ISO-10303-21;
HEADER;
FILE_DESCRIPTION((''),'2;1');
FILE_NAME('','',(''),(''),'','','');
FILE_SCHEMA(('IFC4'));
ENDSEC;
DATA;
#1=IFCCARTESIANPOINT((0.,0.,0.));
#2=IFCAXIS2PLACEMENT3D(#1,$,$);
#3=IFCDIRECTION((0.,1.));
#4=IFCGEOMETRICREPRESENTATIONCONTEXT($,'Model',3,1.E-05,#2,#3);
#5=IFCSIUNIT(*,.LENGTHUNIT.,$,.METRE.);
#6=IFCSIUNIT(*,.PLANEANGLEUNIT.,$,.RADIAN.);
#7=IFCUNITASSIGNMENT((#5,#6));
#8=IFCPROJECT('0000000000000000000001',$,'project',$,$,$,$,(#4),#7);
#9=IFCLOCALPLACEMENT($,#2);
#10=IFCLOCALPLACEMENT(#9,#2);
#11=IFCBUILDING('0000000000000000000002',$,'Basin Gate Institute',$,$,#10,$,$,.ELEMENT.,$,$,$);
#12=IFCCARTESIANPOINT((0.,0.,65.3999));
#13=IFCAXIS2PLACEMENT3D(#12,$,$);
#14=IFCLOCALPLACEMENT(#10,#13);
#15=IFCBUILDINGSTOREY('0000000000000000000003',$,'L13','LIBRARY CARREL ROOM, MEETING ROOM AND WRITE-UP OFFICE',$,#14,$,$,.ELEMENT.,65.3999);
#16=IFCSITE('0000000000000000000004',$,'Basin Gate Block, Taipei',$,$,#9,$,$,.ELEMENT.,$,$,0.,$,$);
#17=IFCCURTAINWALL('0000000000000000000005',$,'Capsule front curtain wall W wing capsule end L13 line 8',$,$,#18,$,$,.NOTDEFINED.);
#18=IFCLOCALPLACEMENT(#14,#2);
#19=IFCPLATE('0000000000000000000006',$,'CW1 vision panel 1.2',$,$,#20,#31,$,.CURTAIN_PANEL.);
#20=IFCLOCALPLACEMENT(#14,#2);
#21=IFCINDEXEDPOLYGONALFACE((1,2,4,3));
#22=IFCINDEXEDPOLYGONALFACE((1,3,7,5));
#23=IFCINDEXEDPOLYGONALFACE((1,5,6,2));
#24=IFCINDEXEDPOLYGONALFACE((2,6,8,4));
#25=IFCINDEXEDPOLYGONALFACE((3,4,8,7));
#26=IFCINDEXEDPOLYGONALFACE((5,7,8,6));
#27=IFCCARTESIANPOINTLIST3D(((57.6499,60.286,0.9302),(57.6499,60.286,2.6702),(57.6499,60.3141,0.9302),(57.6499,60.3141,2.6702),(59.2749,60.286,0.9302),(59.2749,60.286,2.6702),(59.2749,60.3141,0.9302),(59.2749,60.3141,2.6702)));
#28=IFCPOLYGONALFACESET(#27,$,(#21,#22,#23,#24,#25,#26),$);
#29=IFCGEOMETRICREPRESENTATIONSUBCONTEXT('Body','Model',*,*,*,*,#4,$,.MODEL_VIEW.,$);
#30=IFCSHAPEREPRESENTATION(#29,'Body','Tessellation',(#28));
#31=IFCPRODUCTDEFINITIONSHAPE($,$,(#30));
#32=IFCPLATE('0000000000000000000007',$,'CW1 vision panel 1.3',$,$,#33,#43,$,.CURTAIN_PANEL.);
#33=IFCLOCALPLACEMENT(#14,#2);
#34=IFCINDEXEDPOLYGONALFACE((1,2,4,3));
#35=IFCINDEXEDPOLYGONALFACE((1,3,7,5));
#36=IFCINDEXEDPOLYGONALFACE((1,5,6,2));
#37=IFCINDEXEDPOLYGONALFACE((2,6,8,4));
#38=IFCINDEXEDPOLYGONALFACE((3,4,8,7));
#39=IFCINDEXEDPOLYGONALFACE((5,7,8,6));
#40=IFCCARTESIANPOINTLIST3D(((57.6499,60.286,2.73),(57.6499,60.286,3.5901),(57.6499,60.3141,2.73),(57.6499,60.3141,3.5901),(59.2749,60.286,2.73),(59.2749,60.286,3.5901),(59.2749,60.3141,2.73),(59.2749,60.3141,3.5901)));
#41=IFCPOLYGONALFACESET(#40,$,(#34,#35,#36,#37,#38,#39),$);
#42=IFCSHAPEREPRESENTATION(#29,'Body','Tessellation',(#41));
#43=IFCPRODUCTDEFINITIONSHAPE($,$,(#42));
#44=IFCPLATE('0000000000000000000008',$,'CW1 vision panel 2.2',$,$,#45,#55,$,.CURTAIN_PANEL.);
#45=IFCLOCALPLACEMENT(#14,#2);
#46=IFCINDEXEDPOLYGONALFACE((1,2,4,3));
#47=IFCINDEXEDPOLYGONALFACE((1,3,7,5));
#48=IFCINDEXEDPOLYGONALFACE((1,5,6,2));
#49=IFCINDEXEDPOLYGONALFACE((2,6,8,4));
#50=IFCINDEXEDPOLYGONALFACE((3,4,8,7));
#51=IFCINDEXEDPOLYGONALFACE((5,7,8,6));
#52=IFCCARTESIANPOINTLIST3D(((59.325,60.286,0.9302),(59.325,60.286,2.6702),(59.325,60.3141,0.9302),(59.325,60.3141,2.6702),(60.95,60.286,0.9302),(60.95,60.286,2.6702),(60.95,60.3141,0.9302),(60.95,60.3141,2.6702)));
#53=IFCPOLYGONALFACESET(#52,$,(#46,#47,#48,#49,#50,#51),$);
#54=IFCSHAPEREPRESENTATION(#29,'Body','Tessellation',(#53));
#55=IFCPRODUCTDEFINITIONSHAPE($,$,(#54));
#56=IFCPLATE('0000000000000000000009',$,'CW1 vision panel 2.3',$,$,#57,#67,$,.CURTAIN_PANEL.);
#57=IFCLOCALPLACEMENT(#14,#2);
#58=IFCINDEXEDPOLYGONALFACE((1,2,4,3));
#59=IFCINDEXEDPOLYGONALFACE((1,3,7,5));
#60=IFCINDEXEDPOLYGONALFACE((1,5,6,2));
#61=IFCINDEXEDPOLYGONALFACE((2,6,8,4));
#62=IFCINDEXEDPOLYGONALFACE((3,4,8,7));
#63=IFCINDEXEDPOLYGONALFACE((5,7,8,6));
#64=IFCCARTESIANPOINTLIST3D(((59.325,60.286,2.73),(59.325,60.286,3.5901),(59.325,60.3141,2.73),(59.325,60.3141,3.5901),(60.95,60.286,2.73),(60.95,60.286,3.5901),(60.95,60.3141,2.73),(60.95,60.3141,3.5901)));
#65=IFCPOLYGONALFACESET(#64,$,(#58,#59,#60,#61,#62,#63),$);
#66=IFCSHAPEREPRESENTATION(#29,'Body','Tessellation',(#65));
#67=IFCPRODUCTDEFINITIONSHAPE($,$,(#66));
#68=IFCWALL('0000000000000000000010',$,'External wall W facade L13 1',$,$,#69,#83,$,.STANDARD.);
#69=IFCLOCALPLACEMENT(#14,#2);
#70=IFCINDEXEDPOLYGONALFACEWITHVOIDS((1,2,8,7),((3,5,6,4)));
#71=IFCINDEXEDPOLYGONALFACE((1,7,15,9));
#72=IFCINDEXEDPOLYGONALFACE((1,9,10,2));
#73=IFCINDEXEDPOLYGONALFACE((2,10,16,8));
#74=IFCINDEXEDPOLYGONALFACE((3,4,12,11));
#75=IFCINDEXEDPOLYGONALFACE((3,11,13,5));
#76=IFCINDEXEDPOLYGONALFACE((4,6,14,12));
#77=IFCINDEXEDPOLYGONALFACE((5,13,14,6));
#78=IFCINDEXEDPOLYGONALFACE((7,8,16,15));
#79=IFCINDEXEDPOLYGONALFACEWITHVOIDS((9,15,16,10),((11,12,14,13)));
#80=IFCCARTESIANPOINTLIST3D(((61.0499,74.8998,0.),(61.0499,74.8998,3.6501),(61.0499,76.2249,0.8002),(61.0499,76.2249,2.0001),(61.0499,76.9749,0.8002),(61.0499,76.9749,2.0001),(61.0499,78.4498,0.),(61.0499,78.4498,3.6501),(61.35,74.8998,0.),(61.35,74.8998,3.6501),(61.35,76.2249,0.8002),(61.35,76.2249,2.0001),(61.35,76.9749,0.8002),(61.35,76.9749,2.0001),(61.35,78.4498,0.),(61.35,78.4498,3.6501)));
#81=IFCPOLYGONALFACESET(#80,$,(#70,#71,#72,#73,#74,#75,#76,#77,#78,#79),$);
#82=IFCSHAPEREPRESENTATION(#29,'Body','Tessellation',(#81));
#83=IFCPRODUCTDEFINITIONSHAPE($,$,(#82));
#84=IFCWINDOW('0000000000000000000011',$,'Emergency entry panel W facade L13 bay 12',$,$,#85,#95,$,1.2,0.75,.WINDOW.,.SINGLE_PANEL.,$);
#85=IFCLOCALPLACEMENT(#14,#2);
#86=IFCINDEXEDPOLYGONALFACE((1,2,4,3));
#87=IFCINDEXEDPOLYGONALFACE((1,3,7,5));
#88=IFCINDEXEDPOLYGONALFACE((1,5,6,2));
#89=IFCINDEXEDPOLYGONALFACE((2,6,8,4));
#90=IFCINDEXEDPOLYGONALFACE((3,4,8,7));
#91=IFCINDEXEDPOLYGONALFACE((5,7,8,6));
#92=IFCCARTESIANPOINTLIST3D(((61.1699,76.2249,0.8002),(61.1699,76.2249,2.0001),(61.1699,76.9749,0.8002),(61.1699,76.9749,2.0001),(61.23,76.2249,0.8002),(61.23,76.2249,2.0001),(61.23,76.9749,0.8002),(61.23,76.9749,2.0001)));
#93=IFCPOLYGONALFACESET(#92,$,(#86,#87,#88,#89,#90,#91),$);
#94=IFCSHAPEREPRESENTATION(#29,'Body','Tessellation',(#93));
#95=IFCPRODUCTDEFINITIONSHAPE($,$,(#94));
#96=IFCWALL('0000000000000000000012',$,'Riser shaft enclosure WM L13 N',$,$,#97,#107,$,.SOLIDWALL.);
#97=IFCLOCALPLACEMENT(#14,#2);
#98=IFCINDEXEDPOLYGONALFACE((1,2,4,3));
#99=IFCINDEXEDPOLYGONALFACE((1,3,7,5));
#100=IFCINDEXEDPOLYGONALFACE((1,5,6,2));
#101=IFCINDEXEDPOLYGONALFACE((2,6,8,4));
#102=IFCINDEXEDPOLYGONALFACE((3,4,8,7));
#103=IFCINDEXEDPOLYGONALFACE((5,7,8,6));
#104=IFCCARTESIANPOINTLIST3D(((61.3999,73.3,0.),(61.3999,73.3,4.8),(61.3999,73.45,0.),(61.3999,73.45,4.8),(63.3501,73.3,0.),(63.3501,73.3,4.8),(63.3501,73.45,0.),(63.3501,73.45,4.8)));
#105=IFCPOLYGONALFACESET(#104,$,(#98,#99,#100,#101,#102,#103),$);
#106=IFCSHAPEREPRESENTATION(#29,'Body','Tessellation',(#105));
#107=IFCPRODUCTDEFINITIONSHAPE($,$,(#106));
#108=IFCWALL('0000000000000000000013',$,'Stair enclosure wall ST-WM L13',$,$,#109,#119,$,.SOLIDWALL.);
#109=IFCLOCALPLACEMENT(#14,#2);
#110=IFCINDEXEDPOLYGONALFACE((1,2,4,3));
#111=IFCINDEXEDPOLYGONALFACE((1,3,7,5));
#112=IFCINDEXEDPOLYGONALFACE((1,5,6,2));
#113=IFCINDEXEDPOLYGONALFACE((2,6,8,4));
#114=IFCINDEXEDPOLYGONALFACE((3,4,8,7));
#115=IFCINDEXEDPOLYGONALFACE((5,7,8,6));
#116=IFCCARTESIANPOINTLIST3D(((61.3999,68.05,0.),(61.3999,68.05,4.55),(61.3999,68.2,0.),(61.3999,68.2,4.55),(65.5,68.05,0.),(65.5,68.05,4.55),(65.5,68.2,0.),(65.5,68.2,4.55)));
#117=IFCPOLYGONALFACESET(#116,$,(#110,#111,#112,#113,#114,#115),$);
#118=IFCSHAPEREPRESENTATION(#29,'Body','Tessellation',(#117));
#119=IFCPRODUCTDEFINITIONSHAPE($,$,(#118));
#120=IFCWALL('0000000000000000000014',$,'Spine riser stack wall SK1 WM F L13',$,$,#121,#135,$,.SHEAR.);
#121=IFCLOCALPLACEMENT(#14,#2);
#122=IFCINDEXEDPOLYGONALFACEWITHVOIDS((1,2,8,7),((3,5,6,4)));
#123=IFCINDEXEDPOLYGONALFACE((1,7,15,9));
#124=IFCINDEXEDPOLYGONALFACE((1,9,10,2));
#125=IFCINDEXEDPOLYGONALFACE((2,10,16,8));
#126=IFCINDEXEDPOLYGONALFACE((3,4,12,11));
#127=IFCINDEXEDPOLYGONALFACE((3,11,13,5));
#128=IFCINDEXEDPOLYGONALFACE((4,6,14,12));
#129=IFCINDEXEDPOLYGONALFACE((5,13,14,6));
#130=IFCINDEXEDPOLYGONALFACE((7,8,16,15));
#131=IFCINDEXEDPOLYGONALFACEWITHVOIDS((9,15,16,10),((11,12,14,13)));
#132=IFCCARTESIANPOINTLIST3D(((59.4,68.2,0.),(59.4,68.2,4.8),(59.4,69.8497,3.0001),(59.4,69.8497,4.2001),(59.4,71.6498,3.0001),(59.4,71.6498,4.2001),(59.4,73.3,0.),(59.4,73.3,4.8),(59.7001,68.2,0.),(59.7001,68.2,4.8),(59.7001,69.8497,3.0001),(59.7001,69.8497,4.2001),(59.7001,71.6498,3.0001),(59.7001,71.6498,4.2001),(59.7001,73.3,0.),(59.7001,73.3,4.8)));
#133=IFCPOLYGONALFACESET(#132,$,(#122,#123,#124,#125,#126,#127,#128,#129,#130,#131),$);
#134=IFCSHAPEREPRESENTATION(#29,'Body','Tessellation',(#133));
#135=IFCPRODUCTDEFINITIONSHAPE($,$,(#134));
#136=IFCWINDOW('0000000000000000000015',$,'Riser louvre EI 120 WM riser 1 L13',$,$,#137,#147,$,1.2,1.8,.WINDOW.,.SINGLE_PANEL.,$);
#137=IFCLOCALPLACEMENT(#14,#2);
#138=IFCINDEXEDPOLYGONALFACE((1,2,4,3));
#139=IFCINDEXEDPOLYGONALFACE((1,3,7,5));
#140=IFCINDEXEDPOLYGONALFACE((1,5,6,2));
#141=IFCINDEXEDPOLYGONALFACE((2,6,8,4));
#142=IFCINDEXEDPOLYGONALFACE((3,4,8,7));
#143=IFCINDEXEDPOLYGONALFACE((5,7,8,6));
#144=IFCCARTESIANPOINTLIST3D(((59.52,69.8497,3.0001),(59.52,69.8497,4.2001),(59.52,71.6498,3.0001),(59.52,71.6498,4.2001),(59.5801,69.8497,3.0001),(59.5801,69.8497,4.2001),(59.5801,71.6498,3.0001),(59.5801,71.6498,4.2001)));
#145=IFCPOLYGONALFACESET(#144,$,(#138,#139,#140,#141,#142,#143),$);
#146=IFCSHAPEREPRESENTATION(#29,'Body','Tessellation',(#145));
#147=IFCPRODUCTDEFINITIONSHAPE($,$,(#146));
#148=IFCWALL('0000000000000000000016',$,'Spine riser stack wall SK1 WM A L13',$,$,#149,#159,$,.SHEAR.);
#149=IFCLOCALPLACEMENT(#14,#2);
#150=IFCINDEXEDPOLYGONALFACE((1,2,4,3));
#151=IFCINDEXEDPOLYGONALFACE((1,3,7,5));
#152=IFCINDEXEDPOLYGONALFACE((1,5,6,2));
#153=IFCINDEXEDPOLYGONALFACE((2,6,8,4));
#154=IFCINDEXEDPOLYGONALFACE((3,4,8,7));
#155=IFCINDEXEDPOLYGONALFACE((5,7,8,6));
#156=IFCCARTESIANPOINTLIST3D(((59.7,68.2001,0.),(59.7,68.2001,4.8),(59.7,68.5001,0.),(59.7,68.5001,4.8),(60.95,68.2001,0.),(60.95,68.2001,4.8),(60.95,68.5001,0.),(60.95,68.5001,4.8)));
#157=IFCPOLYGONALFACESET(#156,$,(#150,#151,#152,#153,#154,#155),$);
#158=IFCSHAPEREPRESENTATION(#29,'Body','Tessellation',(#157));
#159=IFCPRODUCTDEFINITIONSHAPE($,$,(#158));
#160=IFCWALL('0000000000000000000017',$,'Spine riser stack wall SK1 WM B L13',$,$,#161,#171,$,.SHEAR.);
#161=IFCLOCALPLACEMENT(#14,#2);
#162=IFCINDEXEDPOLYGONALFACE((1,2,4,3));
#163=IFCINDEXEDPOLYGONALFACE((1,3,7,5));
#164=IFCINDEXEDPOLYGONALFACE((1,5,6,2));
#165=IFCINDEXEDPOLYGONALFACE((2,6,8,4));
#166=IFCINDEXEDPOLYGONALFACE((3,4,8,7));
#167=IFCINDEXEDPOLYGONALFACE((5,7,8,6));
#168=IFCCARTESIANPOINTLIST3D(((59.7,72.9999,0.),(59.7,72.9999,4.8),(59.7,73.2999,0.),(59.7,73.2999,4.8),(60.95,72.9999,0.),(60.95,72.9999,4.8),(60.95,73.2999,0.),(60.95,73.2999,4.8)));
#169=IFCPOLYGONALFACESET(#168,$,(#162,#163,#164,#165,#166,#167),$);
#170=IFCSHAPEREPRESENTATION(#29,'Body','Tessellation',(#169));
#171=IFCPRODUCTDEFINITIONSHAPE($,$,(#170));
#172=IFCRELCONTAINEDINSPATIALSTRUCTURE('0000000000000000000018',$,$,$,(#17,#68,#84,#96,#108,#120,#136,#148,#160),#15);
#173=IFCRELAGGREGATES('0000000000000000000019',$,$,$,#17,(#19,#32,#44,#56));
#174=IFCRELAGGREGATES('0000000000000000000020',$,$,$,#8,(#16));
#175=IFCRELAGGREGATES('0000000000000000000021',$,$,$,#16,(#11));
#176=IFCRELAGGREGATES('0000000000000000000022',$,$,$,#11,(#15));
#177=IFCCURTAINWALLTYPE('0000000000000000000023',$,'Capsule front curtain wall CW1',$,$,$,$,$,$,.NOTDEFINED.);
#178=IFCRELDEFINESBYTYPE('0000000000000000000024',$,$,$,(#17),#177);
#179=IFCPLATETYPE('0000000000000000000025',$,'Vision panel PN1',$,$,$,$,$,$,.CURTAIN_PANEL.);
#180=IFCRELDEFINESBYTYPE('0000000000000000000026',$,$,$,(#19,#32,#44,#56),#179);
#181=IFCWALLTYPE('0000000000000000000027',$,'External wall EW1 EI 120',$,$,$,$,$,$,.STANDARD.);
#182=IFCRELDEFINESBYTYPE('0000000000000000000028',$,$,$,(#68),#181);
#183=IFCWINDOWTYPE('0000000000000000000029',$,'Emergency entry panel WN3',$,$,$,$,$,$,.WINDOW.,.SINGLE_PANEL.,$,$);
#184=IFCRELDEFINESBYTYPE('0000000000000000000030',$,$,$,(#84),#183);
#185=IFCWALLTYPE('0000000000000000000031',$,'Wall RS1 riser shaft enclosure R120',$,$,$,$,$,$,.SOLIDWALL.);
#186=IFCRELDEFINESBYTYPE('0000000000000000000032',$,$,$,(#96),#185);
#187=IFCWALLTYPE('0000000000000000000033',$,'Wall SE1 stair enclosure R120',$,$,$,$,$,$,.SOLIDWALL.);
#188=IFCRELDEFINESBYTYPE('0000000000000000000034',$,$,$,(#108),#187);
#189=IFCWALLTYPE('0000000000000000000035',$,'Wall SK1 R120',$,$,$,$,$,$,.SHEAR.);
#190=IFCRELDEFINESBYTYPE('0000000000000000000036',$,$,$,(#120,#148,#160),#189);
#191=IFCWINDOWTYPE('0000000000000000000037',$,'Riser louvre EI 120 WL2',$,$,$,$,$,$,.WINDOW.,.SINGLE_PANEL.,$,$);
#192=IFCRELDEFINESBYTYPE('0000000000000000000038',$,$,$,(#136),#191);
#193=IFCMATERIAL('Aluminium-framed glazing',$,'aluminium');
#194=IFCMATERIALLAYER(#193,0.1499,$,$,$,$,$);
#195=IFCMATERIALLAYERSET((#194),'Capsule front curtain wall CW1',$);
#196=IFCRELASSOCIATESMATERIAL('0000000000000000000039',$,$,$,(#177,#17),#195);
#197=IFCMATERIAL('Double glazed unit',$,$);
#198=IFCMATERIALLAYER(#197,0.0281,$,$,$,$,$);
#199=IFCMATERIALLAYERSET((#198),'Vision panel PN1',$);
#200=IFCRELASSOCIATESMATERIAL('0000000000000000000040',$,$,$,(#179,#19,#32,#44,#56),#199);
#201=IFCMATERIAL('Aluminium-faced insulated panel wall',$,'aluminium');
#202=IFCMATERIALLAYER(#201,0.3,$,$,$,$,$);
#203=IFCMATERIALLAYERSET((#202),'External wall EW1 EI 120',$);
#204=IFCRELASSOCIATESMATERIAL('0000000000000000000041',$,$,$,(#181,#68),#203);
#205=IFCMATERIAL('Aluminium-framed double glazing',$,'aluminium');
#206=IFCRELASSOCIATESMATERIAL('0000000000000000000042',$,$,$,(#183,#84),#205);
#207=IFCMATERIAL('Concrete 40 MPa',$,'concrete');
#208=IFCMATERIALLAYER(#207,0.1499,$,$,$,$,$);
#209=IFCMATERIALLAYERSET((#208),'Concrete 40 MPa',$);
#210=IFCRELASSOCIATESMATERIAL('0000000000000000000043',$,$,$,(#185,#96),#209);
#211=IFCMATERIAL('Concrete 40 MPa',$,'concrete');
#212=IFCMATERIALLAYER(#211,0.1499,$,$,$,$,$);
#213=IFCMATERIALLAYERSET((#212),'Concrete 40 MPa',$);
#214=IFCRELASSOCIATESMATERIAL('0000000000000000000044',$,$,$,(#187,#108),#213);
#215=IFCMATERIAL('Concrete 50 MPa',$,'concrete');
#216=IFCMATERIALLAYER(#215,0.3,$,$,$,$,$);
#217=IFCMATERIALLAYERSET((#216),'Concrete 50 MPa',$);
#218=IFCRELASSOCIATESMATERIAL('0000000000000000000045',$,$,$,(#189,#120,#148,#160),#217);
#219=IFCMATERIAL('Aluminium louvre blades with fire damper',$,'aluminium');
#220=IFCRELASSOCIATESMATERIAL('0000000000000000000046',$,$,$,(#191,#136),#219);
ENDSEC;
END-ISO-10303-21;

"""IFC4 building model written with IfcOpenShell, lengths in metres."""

from ifc_helpers import new_model, si_unit, direction, frame, frame_2d, origin, origin_2d, place, context, subcontext, project, spatial, rectangle, extrude, material, layer, layer_set, type_object, element, fill, aggregate, save


model = new_model("IFC4")

# Units and contexts
model_context = context("Model", 3, precision=1e-05, world=origin(), true_north=direction((0.0, 1.0)))
body_context = subcontext(model_context, "Body", "Model", "MODEL_VIEW")
ifc_project = project(units=[si_unit("LENGTHUNIT", "METRE"), si_unit("PLANEANGLEUNIT", "RADIAN")], contexts=[model_context])

# Site, building, storey
site_placement = place(None, origin())
site = spatial("IfcSite", under=ifc_project, at=site_placement, Name="Basin Gate Block, Taipei", CompositionType="ELEMENT", RefElevation=0.0)
building_placement = place(site_placement, origin())
building = spatial("IfcBuilding", under=site, at=building_placement, Name="Basin Gate Institute", CompositionType="ELEMENT")
storey_placement = place(building_placement, frame((0.0, 0.0, 65.3999)))
storey = spatial("IfcBuildingStorey", under=building, at=storey_placement, Name="L13", Description="LIBRARY CARREL ROOM, MEETING ROOM AND WRITE-UP OFFICE", CompositionType="ELEMENT", Elevation=65.3999)

# Shared definitions
ifc_material_1 = material(Name="Aluminium-framed glazing", Category="aluminium")
ifc_layer_1 = layer(ifc_material_1, 0.1499)
ifc_layer_set_1 = layer_set([ifc_layer_1], Name="Capsule front curtain wall CW1")
curtain_wall_type = type_object("IfcCurtainWallType", Name="Capsule front curtain wall CW1", PredefinedType="NOTDEFINED", material=ifc_layer_set_1)

# Curtain wall
curtain_wall_1_placement = place(storey_placement, origin())
curtain_wall_1 = element("IfcCurtainWall", 1, at=curtain_wall_1_placement, inside=storey, type_object=curtain_wall_type, material=ifc_layer_set_1, Name="Capsule front curtain wall W wing capsule end L13 line 8", PredefinedType="NOTDEFINED")

# Plates
ifc_material_2 = material(Name="Double glazed unit")
ifc_layer_2 = layer(ifc_material_2, 0.0281)
ifc_layer_set_2 = layer_set([ifc_layer_2], Name="Vision panel PN1")
plate_type_1 = type_object("IfcPlateType", Name="Vision panel PN1", PredefinedType="CURTAIN_PANEL", material=ifc_layer_set_2)
plate_1_placement = place(storey_placement, frame((58.4624, 60.3, 0.9302), z_axis=(0.0, 0.0, 1.0), x_axis=(1.0, 0.0, 0.0)))
plate_1 = element("IfcPlate", 2, at=plate_1_placement, type_object=plate_type_1, material=ifc_layer_set_2, Name="CW1 vision panel 1.2", PredefinedType="CURTAIN_PANEL", context=body_context, shape_type="SweptSolid", body=[
    extrude(rectangle(XDim=1.625, YDim=0.0281, at=origin_2d()), origin(), (0.0, 0.0, 1.0), 1.74),
])
plate_2_placement = place(storey_placement, frame((58.4624, 60.3, 2.73), z_axis=(0.0, 0.0, 1.0), x_axis=(1.0, 0.0, 0.0)))
plate_2 = element("IfcPlate", 3, at=plate_2_placement, type_object=plate_type_1, material=ifc_layer_set_2, Name="CW1 vision panel 1.3", PredefinedType="CURTAIN_PANEL", context=body_context, shape_type="SweptSolid", body=[
    extrude(rectangle(XDim=1.625, YDim=0.0281, at=origin_2d()), origin(), (0.0, 0.0, 1.0), 0.8601),
])
plate_3_placement = place(storey_placement, frame((60.1375, 60.3, 0.9302), z_axis=(0.0, 0.0, 1.0), x_axis=(1.0, 0.0, 0.0)))
plate_3 = element("IfcPlate", 4, at=plate_3_placement, type_object=plate_type_1, material=ifc_layer_set_2, Name="CW1 vision panel 2.2", PredefinedType="CURTAIN_PANEL", context=body_context, shape_type="SweptSolid", body=[
    extrude(rectangle(XDim=1.625, YDim=0.0281, at=origin_2d()), origin(), (0.0, 0.0, 1.0), 1.74),
])
plate_4_placement = place(storey_placement, frame((60.1375, 60.3, 2.73), z_axis=(0.0, 0.0, 1.0), x_axis=(1.0, 0.0, 0.0)))
plate_4 = element("IfcPlate", 5, at=plate_4_placement, type_object=plate_type_1, material=ifc_layer_set_2, Name="CW1 vision panel 2.3", PredefinedType="CURTAIN_PANEL", context=body_context, shape_type="SweptSolid", body=[
    extrude(rectangle(XDim=1.625, YDim=0.0281, at=origin_2d()), origin(), (0.0, 0.0, 1.0), 0.8601),
])
aggregate(curtain_wall_1, [plate_1, plate_2, plate_3, plate_4])

# Wall, opening, window
ifc_material_3 = material(Name="Aluminium-faced insulated panel wall", Category="aluminium")
ifc_layer_3 = layer(ifc_material_3, 0.3)
ifc_layer_set_3 = layer_set([ifc_layer_3], Name="External wall EW1 EI 120")
wall_type_1 = type_object("IfcWallType", Name="External wall EW1 EI 120", PredefinedType="STANDARD", material=ifc_layer_set_3)
wall_1_placement = place(storey_placement, frame((61.2, 74.8999, 0.0), z_axis=(0.0, 0.0, 1.0), x_axis=(0.0, 1.0, 0.0)))
wall_1 = element("IfcWall", 6, at=wall_1_placement, inside=storey, type_object=wall_type_1, material=ifc_layer_set_3, Name="External wall W facade L13 1", PredefinedType="STANDARD", context=body_context, shape_type="SweptSolid", body=[
    extrude(rectangle(XDim=3.55, YDim=0.3, at=frame_2d((1.7749, 0.0))), origin(), (0.0, 0.0, 1.0), 3.6501),
])
opening_1_placement = place(wall_1_placement, frame((1.325, 0.0, 0.8)))
opening_1 = element("IfcOpeningElement", 7, at=opening_1_placement, cuts=wall_1, PredefinedType="OPENING", context=body_context, shape_type="SweptSolid", body=[
    extrude(rectangle(XDim=0.75, YDim=1.2, at=frame_2d((0.375, 0.6001))), frame((0.0, 0.1602, 0.0), z_axis=(0.0, -1.0, 0.0), x_axis=(1.0, 0.0, 0.0)), (0.0, 0.0, 1.0), 0.3201),
])
ifc_material_4 = material(Name="Aluminium-framed double glazing", Category="aluminium")
window_type_1 = type_object("IfcWindowType", Name="Emergency entry panel WN3", PartitioningType="SINGLE_PANEL", PredefinedType="WINDOW", material=ifc_material_4)
window_1_placement = place(opening_1_placement, origin())
window_1 = element("IfcWindow", 8, at=window_1_placement, inside=storey, type_object=window_type_1, material=ifc_material_4, Name="Emergency entry panel W facade L13 bay 12", OverallHeight=1.2, OverallWidth=0.75, PartitioningType="SINGLE_PANEL", PredefinedType="WINDOW", context=body_context, shape_type="SweptSolid", body=[
    extrude(rectangle(XDim=0.75, YDim=1.2, at=frame_2d((0.375, 0.6001))), frame((0.0, 0.03, 0.0), z_axis=(0.0, -1.0, 0.0), x_axis=(1.0, 0.0, 0.0)), (0.0, 0.0, 1.0), 0.0601),
])
fill(opening_1, window_1)

# Walls
ifc_material_5 = material(Name="Concrete 40 MPa", Category="concrete")
ifc_layer_4 = layer(ifc_material_5, 0.1499)
ifc_layer_set_4 = layer_set([ifc_layer_4], Name="Concrete 40 MPa")
wall_type_2 = type_object("IfcWallType", Name="Wall RS1 riser shaft enclosure R120", PredefinedType="SOLIDWALL", material=ifc_layer_set_4)
wall_2_placement = place(storey_placement, frame((61.3999, 73.375, 0.0), z_axis=(0.0, 0.0, 1.0), x_axis=(1.0, 0.0, 0.0)))
element("IfcWall", 9, at=wall_2_placement, inside=storey, type_object=wall_type_2, material=ifc_layer_set_4, Name="Riser shaft enclosure WM L13 N", PredefinedType="SOLIDWALL", context=body_context, shape_type="SweptSolid", body=[
    extrude(rectangle(XDim=1.9502, YDim=0.1499, at=frame_2d((0.9751, 0.0))), origin(), (0.0, 0.0, 1.0), 4.8),
])
ifc_material_6 = material(Name="Concrete 40 MPa", Category="concrete")
ifc_layer_5 = layer(ifc_material_6, 0.1499)
ifc_layer_set_5 = layer_set([ifc_layer_5], Name="Concrete 40 MPa")
wall_type_3 = type_object("IfcWallType", Name="Wall SE1 stair enclosure R120", PredefinedType="SOLIDWALL", material=ifc_layer_set_5)
wall_3_placement = place(storey_placement, frame((61.3999, 68.125, 0.0), z_axis=(0.0, 0.0, 1.0), x_axis=(1.0, 0.0, 0.0)))
element("IfcWall", 10, at=wall_3_placement, inside=storey, type_object=wall_type_3, material=ifc_layer_set_5, Name="Stair enclosure wall ST-WM L13", PredefinedType="SOLIDWALL", context=body_context, shape_type="SweptSolid", body=[
    extrude(rectangle(XDim=4.1001, YDim=0.1499, at=frame_2d((2.05, 0.0))), origin(), (0.0, 0.0, 1.0), 4.55),
])

# Wall, opening, window
ifc_material_7 = material(Name="Concrete 50 MPa", Category="concrete")
ifc_layer_6 = layer(ifc_material_7, 0.3)
ifc_layer_set_6 = layer_set([ifc_layer_6], Name="Concrete 50 MPa")
wall_type_4 = type_object("IfcWallType", Name="Wall SK1 R120", PredefinedType="SHEAR", material=ifc_layer_set_6)
wall_4_placement = place(storey_placement, frame((59.55, 68.2, 0.0), z_axis=(0.0, 0.0, 1.0), x_axis=(0.0, 1.0, 0.0)))
wall_4 = element("IfcWall", 11, at=wall_4_placement, inside=storey, type_object=wall_type_4, material=ifc_layer_set_6, Name="Spine riser stack wall SK1 WM F L13", PredefinedType="SHEAR", context=body_context, shape_type="SweptSolid", body=[
    extrude(rectangle(XDim=5.1001, YDim=0.3, at=frame_2d((2.55, 0.0))), origin(), (0.0, 0.0, 1.0), 4.8),
])
opening_2_placement = place(wall_4_placement, frame((1.6499, 0.0, 3.0)))
opening_2 = element("IfcOpeningElement", 12, at=opening_2_placement, cuts=wall_4, PredefinedType="OPENING", context=body_context, shape_type="SweptSolid", body=[
    extrude(rectangle(XDim=1.8, YDim=1.2, at=frame_2d((0.8999, 0.6001))), frame((0.0, 0.1602, 0.0), z_axis=(0.0, -1.0, 0.0), x_axis=(1.0, 0.0, 0.0)), (0.0, 0.0, 1.0), 0.3201),
])
ifc_material_8 = material(Name="Aluminium louvre blades with fire damper", Category="aluminium")
window_type_2 = type_object("IfcWindowType", Name="Riser louvre EI 120 WL2", PartitioningType="SINGLE_PANEL", PredefinedType="WINDOW", material=ifc_material_8)
window_2_placement = place(opening_2_placement, origin())
window_2 = element("IfcWindow", 13, at=window_2_placement, inside=storey, type_object=window_type_2, material=ifc_material_8, Name="Riser louvre EI 120 WM riser 1 L13", OverallHeight=1.2, OverallWidth=1.8, PartitioningType="SINGLE_PANEL", PredefinedType="WINDOW", context=body_context, shape_type="SweptSolid", body=[
    extrude(rectangle(XDim=1.8, YDim=1.2, at=frame_2d((0.8999, 0.6001))), frame((0.0, 0.03, 0.0), z_axis=(0.0, -1.0, 0.0), x_axis=(1.0, 0.0, 0.0)), (0.0, 0.0, 1.0), 0.0601),
])
fill(opening_2, window_2)

# Walls
for number, where, z_axis, x_axis, name in (
    (14, (60.95, 68.3501, 0.0), (0.0, 0.0, 1.0), (-1.0, 0.0, 0.0), "Spine riser stack wall SK1 WM A L13"),
    (15, (60.95, 73.1499, 0.0), (0.0, 0.0, 1.0), (-1.0, 0.0, 0.0), "Spine riser stack wall SK1 WM B L13"),
):
    element("IfcWall", number, at=place(storey_placement, frame(where, z_axis=z_axis, x_axis=x_axis)), inside=storey, type_object=wall_type_4, material=ifc_layer_set_6, Name=name, PredefinedType="SHEAR", context=body_context, shape_type="SweptSolid", body=[
        extrude(rectangle(XDim=1.25, YDim=0.3, at=frame_2d((0.625, 0.0))), origin(), (0.0, 0.0, 1.0), 4.8),
    ])

save(model, "model.ifc")
